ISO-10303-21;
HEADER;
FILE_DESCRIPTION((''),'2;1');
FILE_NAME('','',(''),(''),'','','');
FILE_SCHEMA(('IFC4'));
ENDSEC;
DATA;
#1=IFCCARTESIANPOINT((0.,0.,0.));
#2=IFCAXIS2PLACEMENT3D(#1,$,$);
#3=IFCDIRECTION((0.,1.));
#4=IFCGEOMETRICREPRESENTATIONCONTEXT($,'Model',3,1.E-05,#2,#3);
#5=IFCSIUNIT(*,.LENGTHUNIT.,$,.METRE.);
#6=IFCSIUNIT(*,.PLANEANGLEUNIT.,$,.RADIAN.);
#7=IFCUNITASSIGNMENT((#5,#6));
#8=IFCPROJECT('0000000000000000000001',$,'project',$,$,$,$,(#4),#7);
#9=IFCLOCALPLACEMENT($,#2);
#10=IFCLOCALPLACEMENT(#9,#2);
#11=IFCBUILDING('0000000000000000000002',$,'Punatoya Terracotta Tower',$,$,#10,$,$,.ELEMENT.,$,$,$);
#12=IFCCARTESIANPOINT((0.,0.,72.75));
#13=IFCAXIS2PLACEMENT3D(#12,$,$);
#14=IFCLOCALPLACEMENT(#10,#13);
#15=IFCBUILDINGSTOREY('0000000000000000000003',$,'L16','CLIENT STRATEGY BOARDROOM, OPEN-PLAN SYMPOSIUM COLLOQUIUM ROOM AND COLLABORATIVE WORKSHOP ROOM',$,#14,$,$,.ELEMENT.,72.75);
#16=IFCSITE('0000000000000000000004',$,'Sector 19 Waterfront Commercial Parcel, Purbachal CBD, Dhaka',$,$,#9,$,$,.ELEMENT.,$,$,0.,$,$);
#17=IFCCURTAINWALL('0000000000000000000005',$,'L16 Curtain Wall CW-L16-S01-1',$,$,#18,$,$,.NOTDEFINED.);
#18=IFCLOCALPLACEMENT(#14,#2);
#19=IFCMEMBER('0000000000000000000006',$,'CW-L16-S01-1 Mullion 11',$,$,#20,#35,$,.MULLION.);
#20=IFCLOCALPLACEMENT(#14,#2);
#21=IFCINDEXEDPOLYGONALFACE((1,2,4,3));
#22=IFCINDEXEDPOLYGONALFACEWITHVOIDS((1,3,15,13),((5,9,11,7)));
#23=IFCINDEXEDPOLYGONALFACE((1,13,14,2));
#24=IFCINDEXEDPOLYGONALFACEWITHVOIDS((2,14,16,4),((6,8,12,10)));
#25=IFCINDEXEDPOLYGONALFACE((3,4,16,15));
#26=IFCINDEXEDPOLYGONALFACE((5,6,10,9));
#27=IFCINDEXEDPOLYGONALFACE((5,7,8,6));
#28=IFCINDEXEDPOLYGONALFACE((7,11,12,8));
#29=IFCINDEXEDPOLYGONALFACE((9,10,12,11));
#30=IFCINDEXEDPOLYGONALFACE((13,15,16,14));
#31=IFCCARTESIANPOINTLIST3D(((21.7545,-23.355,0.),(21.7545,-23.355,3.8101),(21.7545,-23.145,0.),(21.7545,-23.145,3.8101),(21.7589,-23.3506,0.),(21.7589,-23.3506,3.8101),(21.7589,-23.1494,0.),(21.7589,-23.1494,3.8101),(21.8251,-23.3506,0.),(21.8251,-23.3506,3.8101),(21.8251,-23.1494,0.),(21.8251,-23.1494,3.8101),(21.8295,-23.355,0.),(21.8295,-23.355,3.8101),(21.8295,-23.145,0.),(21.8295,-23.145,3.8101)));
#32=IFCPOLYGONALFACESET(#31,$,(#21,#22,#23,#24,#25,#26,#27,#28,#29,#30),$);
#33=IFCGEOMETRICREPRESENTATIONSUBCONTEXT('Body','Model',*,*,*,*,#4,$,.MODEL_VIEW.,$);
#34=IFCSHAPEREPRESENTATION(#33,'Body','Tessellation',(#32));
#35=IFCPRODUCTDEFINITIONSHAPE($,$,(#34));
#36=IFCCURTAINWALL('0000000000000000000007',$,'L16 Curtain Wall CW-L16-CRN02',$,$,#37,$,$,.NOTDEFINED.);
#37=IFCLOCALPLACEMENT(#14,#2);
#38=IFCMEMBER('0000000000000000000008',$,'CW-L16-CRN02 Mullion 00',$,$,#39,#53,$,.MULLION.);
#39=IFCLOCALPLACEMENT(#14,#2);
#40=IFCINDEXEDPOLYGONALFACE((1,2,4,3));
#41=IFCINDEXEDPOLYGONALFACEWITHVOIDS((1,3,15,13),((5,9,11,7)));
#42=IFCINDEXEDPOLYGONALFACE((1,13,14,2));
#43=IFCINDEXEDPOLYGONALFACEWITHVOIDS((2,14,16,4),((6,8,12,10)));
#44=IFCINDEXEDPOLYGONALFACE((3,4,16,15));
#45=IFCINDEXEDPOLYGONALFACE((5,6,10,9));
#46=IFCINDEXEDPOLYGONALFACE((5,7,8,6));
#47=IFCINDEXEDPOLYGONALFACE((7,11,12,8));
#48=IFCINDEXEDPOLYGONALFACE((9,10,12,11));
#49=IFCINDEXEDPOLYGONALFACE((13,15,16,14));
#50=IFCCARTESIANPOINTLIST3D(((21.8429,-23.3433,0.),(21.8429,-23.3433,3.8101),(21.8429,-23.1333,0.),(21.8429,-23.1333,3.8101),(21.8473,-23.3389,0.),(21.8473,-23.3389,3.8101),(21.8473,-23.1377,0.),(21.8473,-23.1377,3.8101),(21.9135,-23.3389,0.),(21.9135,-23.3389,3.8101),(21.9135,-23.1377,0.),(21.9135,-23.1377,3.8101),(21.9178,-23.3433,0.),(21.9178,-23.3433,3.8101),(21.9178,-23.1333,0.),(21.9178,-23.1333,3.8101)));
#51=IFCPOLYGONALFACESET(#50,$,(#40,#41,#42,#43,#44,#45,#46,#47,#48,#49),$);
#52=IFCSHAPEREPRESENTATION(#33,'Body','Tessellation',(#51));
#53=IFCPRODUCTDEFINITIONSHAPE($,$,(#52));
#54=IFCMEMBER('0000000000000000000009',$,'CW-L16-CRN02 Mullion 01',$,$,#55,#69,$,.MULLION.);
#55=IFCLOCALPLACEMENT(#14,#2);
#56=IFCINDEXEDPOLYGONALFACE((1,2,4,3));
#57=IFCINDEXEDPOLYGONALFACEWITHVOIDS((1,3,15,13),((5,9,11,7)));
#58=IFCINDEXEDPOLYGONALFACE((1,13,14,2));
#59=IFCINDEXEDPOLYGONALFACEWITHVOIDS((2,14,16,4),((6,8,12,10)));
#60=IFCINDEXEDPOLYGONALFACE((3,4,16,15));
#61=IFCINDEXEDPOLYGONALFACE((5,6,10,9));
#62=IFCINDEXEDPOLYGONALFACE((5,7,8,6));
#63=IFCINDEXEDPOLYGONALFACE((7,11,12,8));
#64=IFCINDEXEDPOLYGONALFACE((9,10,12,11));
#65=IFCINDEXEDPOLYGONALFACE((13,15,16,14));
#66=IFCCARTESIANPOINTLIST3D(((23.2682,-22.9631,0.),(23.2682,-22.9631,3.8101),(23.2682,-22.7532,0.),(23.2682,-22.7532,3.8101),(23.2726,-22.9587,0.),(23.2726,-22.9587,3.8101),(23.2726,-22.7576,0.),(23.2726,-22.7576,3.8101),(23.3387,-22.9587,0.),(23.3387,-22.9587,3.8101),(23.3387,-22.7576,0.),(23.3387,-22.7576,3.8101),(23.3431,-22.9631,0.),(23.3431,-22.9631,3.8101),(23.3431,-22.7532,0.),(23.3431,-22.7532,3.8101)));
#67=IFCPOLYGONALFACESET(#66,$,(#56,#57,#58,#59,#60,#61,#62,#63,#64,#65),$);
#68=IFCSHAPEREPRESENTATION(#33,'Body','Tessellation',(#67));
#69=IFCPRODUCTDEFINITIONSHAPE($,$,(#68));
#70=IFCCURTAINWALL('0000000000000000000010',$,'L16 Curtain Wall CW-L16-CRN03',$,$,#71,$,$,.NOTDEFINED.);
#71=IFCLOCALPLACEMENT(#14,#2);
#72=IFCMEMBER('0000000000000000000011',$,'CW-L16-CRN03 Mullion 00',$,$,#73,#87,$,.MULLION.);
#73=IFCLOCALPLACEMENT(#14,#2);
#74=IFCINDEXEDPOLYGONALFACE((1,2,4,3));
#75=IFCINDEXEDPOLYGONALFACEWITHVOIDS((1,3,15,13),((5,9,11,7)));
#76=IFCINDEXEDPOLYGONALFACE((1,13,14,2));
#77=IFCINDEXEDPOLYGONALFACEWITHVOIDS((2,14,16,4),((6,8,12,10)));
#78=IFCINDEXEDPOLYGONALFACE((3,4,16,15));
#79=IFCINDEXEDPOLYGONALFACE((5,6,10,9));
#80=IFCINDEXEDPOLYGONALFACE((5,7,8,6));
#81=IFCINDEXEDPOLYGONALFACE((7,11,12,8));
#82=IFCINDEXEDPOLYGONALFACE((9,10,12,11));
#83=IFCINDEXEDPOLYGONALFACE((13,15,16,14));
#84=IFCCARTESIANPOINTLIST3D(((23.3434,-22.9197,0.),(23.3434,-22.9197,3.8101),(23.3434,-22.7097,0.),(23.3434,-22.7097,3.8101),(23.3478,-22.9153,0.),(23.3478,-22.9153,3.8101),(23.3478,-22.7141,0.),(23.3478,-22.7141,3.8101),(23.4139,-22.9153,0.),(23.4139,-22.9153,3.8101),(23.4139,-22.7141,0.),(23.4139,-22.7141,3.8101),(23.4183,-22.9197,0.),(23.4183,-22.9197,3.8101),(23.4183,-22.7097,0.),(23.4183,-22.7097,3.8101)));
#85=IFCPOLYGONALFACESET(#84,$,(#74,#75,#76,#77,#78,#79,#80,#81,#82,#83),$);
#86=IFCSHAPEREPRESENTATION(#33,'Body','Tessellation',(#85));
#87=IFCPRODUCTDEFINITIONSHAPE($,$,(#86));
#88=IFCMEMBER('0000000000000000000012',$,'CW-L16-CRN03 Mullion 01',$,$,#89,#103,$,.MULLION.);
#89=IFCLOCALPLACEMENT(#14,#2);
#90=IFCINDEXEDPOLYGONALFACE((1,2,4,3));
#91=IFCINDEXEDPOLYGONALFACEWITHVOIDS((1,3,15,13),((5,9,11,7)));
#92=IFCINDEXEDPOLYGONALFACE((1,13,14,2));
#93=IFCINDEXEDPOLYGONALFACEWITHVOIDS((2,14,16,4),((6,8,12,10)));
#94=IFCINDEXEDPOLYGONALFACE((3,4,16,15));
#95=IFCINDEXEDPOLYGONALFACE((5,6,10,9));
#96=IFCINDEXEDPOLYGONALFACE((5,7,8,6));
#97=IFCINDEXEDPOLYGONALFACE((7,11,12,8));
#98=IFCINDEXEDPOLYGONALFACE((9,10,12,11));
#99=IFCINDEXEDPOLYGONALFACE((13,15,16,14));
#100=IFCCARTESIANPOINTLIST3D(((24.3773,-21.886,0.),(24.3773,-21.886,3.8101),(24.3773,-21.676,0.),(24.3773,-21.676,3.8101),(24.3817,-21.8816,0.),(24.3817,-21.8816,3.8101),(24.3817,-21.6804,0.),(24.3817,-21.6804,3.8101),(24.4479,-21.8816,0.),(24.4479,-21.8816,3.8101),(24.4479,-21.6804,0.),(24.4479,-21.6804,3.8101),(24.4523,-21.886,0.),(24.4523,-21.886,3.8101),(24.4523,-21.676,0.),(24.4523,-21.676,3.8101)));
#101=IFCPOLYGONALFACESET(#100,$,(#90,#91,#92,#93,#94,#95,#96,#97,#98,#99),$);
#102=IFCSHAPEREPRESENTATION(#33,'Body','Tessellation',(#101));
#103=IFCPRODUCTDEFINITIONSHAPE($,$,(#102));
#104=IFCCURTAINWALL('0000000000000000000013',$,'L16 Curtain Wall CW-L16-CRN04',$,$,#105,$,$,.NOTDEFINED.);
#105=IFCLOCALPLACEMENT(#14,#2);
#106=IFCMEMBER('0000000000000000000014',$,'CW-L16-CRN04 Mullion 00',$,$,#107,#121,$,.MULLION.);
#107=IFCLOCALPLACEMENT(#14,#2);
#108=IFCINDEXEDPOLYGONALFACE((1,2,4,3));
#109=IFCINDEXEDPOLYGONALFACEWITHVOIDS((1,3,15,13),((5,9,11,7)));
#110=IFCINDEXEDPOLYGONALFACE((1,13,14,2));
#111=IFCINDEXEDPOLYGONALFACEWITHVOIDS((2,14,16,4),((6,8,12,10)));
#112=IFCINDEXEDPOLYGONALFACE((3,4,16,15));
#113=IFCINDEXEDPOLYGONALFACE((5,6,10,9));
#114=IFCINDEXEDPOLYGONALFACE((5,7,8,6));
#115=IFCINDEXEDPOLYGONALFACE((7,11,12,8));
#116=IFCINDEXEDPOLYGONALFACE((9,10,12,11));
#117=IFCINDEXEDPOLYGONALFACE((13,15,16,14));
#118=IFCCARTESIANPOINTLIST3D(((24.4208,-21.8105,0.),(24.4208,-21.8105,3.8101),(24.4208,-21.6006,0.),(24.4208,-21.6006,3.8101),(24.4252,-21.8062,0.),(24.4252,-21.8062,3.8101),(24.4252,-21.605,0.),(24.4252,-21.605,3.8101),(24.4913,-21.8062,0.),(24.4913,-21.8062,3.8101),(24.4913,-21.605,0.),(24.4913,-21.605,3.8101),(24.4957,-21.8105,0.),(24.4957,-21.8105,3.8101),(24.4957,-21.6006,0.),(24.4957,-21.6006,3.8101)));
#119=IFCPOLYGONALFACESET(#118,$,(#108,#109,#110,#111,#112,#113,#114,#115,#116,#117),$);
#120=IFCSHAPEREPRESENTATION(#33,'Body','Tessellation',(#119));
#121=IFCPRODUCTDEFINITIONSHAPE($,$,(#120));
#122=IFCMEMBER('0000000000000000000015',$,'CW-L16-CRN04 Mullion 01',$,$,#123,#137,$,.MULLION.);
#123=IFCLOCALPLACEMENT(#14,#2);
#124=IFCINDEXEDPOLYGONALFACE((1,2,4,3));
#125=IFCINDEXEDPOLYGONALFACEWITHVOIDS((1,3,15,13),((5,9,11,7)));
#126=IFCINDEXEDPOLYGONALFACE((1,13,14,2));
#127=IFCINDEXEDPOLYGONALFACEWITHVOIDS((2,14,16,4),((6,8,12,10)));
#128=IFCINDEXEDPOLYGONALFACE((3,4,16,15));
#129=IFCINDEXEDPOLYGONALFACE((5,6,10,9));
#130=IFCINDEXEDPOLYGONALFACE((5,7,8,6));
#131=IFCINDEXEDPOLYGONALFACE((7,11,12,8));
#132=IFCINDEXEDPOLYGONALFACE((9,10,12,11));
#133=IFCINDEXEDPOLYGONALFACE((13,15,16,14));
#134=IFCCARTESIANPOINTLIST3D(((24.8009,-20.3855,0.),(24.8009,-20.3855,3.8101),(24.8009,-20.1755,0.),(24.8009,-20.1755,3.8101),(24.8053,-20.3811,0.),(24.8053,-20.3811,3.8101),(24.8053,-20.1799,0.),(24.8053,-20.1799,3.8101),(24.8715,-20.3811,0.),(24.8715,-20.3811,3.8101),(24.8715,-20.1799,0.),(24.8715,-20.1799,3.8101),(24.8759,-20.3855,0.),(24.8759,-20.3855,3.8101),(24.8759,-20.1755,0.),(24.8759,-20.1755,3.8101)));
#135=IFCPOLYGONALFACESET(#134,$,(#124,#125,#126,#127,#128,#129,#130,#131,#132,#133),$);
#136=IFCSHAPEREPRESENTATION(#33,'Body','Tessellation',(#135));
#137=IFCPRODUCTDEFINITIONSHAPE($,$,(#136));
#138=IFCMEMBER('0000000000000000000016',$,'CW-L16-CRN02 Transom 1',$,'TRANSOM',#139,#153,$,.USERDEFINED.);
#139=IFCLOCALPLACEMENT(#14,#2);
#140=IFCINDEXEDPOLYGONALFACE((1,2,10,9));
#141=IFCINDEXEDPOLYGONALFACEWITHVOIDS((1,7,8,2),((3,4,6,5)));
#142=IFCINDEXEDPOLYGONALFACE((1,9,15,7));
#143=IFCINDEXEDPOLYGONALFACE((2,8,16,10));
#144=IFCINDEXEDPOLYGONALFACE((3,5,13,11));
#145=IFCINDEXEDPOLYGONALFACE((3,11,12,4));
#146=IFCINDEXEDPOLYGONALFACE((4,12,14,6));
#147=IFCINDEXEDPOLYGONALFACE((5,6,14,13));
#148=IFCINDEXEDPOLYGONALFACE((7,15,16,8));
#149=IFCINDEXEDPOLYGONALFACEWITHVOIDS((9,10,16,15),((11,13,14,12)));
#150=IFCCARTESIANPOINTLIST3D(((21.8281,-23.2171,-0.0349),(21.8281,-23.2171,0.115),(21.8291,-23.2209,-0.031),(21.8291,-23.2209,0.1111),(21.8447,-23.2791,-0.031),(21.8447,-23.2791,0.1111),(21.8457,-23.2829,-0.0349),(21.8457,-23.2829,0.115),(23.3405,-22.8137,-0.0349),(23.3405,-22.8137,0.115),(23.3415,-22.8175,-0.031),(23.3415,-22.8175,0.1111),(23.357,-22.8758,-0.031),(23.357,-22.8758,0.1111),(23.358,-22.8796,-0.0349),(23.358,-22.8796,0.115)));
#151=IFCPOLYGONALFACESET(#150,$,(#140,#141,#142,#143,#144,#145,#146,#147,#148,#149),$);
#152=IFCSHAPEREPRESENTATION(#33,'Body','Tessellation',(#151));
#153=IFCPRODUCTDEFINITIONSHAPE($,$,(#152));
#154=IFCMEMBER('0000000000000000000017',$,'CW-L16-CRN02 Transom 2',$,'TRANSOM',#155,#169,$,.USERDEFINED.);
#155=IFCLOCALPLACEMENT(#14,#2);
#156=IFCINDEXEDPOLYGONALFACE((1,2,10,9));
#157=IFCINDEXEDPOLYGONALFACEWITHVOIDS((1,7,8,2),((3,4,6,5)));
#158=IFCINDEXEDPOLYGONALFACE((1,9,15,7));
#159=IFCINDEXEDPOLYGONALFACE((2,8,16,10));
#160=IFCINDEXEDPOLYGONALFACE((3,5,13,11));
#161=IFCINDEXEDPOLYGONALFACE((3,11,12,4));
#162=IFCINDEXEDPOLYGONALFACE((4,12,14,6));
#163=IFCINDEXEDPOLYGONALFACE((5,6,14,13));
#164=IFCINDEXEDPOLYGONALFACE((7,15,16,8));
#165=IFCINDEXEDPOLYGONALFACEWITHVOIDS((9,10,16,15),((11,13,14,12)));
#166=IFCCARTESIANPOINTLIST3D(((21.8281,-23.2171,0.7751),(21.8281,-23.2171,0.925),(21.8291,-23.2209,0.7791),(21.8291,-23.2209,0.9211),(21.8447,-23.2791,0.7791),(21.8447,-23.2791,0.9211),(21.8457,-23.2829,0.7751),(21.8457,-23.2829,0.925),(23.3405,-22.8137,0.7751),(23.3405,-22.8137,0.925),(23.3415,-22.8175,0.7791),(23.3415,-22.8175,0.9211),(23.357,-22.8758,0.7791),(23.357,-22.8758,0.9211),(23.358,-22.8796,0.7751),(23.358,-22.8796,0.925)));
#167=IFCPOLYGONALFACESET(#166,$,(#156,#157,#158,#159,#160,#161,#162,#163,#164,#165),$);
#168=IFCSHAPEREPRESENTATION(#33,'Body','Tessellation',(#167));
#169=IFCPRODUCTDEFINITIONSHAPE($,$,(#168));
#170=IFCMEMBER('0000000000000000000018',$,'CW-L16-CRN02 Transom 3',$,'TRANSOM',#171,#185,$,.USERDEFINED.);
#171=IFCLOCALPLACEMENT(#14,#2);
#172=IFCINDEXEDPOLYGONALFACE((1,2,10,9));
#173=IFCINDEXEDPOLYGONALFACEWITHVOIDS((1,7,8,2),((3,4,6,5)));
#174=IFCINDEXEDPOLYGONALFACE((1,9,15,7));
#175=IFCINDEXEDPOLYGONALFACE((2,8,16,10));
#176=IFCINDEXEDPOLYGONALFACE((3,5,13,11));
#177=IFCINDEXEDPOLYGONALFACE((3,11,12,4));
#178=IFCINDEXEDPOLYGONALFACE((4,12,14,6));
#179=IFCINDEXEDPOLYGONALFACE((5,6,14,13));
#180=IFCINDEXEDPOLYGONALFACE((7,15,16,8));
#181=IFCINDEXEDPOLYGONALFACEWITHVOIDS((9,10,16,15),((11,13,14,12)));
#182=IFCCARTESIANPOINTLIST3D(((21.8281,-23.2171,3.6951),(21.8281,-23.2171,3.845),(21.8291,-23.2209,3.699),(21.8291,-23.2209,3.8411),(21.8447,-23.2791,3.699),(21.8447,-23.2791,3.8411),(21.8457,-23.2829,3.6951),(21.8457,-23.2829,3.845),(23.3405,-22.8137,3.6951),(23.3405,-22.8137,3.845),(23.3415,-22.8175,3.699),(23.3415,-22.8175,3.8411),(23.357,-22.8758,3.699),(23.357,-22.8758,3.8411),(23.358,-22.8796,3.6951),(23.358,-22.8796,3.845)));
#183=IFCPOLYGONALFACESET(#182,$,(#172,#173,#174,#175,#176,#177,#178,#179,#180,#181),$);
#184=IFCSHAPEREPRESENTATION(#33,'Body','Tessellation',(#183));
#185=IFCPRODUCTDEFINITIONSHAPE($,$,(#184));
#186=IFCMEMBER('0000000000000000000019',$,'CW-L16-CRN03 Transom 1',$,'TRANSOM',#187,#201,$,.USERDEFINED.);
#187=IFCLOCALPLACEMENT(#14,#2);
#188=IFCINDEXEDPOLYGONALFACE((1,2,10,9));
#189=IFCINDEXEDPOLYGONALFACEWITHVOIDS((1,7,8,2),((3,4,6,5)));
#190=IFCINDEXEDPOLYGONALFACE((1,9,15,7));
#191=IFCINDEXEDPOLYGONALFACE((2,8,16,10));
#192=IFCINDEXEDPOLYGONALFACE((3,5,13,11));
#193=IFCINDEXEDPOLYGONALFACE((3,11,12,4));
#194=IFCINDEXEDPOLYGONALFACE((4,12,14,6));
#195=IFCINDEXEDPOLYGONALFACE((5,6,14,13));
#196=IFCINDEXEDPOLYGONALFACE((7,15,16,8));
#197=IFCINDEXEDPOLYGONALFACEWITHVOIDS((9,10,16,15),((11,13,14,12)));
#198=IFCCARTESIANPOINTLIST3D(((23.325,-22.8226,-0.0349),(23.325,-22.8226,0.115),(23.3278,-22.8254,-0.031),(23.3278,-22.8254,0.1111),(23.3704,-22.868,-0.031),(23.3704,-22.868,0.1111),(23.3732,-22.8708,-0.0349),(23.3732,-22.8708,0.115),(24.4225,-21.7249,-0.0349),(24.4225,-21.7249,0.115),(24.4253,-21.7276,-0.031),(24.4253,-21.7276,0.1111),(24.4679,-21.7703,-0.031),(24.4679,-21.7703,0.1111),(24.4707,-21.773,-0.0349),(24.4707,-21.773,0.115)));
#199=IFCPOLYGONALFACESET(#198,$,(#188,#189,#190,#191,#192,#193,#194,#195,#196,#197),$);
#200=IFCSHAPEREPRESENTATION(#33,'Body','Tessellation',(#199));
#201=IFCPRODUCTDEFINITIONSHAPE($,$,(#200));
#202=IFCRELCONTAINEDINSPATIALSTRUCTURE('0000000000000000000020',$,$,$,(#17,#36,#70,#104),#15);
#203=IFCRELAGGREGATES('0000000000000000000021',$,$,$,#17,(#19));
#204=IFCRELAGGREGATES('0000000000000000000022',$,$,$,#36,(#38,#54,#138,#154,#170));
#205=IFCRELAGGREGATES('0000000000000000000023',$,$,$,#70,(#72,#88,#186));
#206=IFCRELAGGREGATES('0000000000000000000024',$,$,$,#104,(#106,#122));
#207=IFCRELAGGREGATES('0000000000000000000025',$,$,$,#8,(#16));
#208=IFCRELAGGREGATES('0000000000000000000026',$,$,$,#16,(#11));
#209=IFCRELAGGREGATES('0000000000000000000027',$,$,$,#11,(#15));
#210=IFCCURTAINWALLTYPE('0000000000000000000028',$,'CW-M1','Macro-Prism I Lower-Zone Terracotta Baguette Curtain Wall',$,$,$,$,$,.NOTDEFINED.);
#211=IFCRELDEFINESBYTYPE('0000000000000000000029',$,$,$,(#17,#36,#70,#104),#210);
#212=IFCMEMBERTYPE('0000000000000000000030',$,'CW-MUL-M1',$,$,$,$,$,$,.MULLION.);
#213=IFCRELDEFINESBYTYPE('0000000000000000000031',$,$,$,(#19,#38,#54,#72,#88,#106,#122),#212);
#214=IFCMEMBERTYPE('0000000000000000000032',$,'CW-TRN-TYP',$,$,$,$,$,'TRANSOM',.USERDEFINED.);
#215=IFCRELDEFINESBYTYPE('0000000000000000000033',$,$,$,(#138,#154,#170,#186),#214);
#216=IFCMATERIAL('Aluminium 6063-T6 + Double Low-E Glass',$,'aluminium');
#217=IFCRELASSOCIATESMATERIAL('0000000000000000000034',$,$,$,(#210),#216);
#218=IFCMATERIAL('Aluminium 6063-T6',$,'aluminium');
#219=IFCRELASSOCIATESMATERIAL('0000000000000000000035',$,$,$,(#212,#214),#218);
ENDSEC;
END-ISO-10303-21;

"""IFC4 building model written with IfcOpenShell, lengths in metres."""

from ifc_helpers import new_model, si_unit, direction, frame, origin, origin_2d, place, context, subcontext, project, spatial, hollow_rectangle, extrude, material, material_profile, profile_set, type_object, element, aggregate, save


model = new_model("IFC4")

# Units and contexts
model_context = context("Model", 3, precision=1e-05, world=origin(), true_north=direction((0.0, 1.0)))
body_context = subcontext(model_context, "Body", "Model", "MODEL_VIEW")
ifc_project = project(units=[si_unit("LENGTHUNIT", "METRE"), si_unit("PLANEANGLEUNIT", "RADIAN")], contexts=[model_context])

# Site, building, storey
site_placement = place(None, origin())
site = spatial("IfcSite", under=ifc_project, at=site_placement, Name="Sector 19 Waterfront Commercial Parcel, Purbachal CBD, Dhaka", CompositionType="ELEMENT", RefElevation=0.0)
building_placement = place(site_placement, origin())
building = spatial("IfcBuilding", under=site, at=building_placement, Name="Punatoya Terracotta Tower", CompositionType="ELEMENT")
storey_placement = place(building_placement, frame((0.0, 0.0, 72.75)))
storey = spatial("IfcBuildingStorey", under=building, at=storey_placement, Name="L16", Description="CLIENT STRATEGY BOARDROOM, OPEN-PLAN SYMPOSIUM COLLOQUIUM ROOM AND COLLABORATIVE WORKSHOP ROOM", CompositionType="ELEMENT", Elevation=72.75)

# Curtain wall, member
ifc_material_1 = material(Name="Aluminium 6063-T6 + Double Low-E Glass", Category="aluminium")
curtain_wall_type = type_object("IfcCurtainWallType", Name="CW-M1", Description="Macro-Prism I Lower-Zone Terracotta Baguette Curtain Wall", PredefinedType="NOTDEFINED", material=ifc_material_1)
curtain_wall_1_placement = place(storey_placement, origin())
curtain_wall_1 = element("IfcCurtainWall", 1, at=curtain_wall_1_placement, inside=storey, type_object=curtain_wall_type, Name="L16 Curtain Wall CW-L16-S01-1", PredefinedType="NOTDEFINED")
ifc_material_2 = material(Name="Aluminium 6063-T6", Category="aluminium")
ifc_material_profile_1 = material_profile(ifc_material_2, hollow_rectangle(XDim=0.075, YDim=0.21, WallThickness=0.0044, at=origin_2d()))
ifc_profile_set_1 = profile_set([ifc_material_profile_1], Name="Aluminium 6063-T6")
member_type_1 = type_object("IfcMemberType", Name="CW-MUL-M1", PredefinedType="MULLION", material=ifc_profile_set_1)
member_1_placement = place(storey_placement, frame((21.792, -23.25, 0.0), z_axis=(0.0, 0.0, 1.0), x_axis=(1.0, 0.0, 0.0)))
member_1 = element("IfcMember", 2, at=member_1_placement, type_object=member_type_1, Name="CW-L16-S01-1 Mullion 11", PredefinedType="MULLION", context=body_context, shape_type="SweptSolid", body=[
    extrude(hollow_rectangle(XDim=0.075, YDim=0.21, WallThickness=0.0044, at=origin_2d()), origin(), (0.0, 0.0, 1.0), 3.8101),
])

# Curtain walls, members
curtain_wall_2_placement = place(storey_placement, origin())
curtain_wall_2 = element("IfcCurtainWall", 3, at=curtain_wall_2_placement, inside=storey, type_object=curtain_wall_type, Name="L16 Curtain Wall CW-L16-CRN02", PredefinedType="NOTDEFINED")
member_2_placement = place(storey_placement, frame((21.8804, -23.2383, 0.0), z_axis=(0.0, 0.0, 1.0), x_axis=(1.0, 0.0, 0.0)))
member_2 = element("IfcMember", 4, at=member_2_placement, type_object=member_type_1, Name="CW-L16-CRN02 Mullion 00", PredefinedType="MULLION", context=body_context, shape_type="SweptSolid", body=[
    extrude(hollow_rectangle(XDim=0.075, YDim=0.21, WallThickness=0.0044, at=origin_2d()), origin(), (0.0, 0.0, 1.0), 3.8101),
])
member_3_placement = place(storey_placement, frame((23.3057, -22.8582, 0.0), z_axis=(0.0, 0.0, 1.0), x_axis=(1.0, 0.0, 0.0)))
member_3 = element("IfcMember", 5, at=member_3_placement, type_object=member_type_1, Name="CW-L16-CRN02 Mullion 01", PredefinedType="MULLION", context=body_context, shape_type="SweptSolid", body=[
    extrude(hollow_rectangle(XDim=0.075, YDim=0.21, WallThickness=0.0044, at=origin_2d()), origin(), (0.0, 0.0, 1.0), 3.8101),
])
curtain_wall_3_placement = place(storey_placement, origin())
curtain_wall_3 = element("IfcCurtainWall", 6, at=curtain_wall_3_placement, inside=storey, type_object=curtain_wall_type, Name="L16 Curtain Wall CW-L16-CRN03", PredefinedType="NOTDEFINED")
member_4_placement = place(storey_placement, frame((23.3809, -22.8147, 0.0), z_axis=(0.0, 0.0, 1.0), x_axis=(1.0, 0.0, 0.0)))
member_4 = element("IfcMember", 7, at=member_4_placement, type_object=member_type_1, Name="CW-L16-CRN03 Mullion 00", PredefinedType="MULLION", context=body_context, shape_type="SweptSolid", body=[
    extrude(hollow_rectangle(XDim=0.075, YDim=0.21, WallThickness=0.0044, at=origin_2d()), origin(), (0.0, 0.0, 1.0), 3.8101),
])
member_5_placement = place(storey_placement, frame((24.4148, -21.781, 0.0), z_axis=(0.0, 0.0, 1.0), x_axis=(1.0, 0.0, 0.0)))
member_5 = element("IfcMember", 8, at=member_5_placement, type_object=member_type_1, Name="CW-L16-CRN03 Mullion 01", PredefinedType="MULLION", context=body_context, shape_type="SweptSolid", body=[
    extrude(hollow_rectangle(XDim=0.075, YDim=0.21, WallThickness=0.0044, at=origin_2d()), origin(), (0.0, 0.0, 1.0), 3.8101),
])
curtain_wall_4_placement = place(storey_placement, origin())
curtain_wall_4 = element("IfcCurtainWall", 9, at=curtain_wall_4_placement, inside=storey, type_object=curtain_wall_type, Name="L16 Curtain Wall CW-L16-CRN04", PredefinedType="NOTDEFINED")
member_6_placement = place(storey_placement, frame((24.4583, -21.7056, 0.0), z_axis=(0.0, 0.0, 1.0), x_axis=(1.0, 0.0, 0.0)))
member_6 = element("IfcMember", 10, at=member_6_placement, type_object=member_type_1, Name="CW-L16-CRN04 Mullion 00", PredefinedType="MULLION", context=body_context, shape_type="SweptSolid", body=[
    extrude(hollow_rectangle(XDim=0.075, YDim=0.21, WallThickness=0.0044, at=origin_2d()), origin(), (0.0, 0.0, 1.0), 3.8101),
])
member_7_placement = place(storey_placement, frame((24.8384, -20.2805, 0.0), z_axis=(0.0, 0.0, 1.0), x_axis=(1.0, 0.0, 0.0)))
member_7 = element("IfcMember", 11, at=member_7_placement, type_object=member_type_1, Name="CW-L16-CRN04 Mullion 01", PredefinedType="MULLION", context=body_context, shape_type="SweptSolid", body=[
    extrude(hollow_rectangle(XDim=0.075, YDim=0.21, WallThickness=0.0044, at=origin_2d()), origin(), (0.0, 0.0, 1.0), 3.8101),
])

# Members
ifc_material_profile_2 = material_profile(ifc_material_2, hollow_rectangle(XDim=0.0681, YDim=0.1499, WallThickness=0.0039, at=origin_2d()))
ifc_profile_set_2 = profile_set([ifc_material_profile_2], Name="Aluminium 6063-T6")
member_type_2 = type_object("IfcMemberType", Name="CW-TRN-TYP", ElementType="TRANSOM", PredefinedType="USERDEFINED", material=ifc_profile_set_2)
member_8_placement = place(storey_placement, frame((21.8369, -23.25, 0.04), z_axis=(0.966225, 0.257701, 0.0), x_axis=(-0.257701, 0.966225, 0.0)))
member_8 = element("IfcMember", 12, at=member_8_placement, type_object=member_type_2, Name="CW-L16-CRN02 Transom 1", ObjectType="TRANSOM", PredefinedType="USERDEFINED", context=body_context, shape_type="SweptSolid", body=[
    extrude(hollow_rectangle(XDim=0.0681, YDim=0.1499, WallThickness=0.0039, at=origin_2d()), origin(), (0.0, 0.0, 1.0), 1.5652),
])
member_9_placement = place(storey_placement, frame((21.8369, -23.25, 0.8501), z_axis=(0.966225, 0.257701, 0.0), x_axis=(-0.257701, 0.966225, 0.0)))
member_9 = element("IfcMember", 13, at=member_9_placement, type_object=member_type_2, Name="CW-L16-CRN02 Transom 2", ObjectType="TRANSOM", PredefinedType="USERDEFINED", context=body_context, shape_type="SweptSolid", body=[
    extrude(hollow_rectangle(XDim=0.0681, YDim=0.1499, WallThickness=0.0039, at=origin_2d()), origin(), (0.0, 0.0, 1.0), 1.5652),
])
member_10_placement = place(storey_placement, frame((21.8369, -23.25, 3.77), z_axis=(0.966225, 0.257701, 0.0), x_axis=(-0.257701, 0.966225, 0.0)))
member_10 = element("IfcMember", 14, at=member_10_placement, type_object=member_type_2, Name="CW-L16-CRN02 Transom 3", ObjectType="TRANSOM", PredefinedType="USERDEFINED", context=body_context, shape_type="SweptSolid", body=[
    extrude(hollow_rectangle(XDim=0.0681, YDim=0.1499, WallThickness=0.0039, at=origin_2d()), origin(), (0.0, 0.0, 1.0), 1.5652),
])
member_11_placement = place(storey_placement, frame((23.3491, -22.8467, 0.04), z_axis=(0.707028, 0.707185, 0.0), x_axis=(-0.707185, 0.707028, 0.0)))
member_11 = element("IfcMember", 15, at=member_11_placement, type_object=member_type_2, Name="CW-L16-CRN03 Transom 1", ObjectType="TRANSOM", PredefinedType="USERDEFINED", context=body_context, shape_type="SweptSolid", body=[
    extrude(hollow_rectangle(XDim=0.0681, YDim=0.1499, WallThickness=0.0039, at=origin_2d()), origin(), (0.0, 0.0, 1.0), 1.5522),
])

aggregate(curtain_wall_1, [member_1])
aggregate(curtain_wall_2, [member_2, member_3, member_8, member_9, member_10])
aggregate(curtain_wall_3, [member_4, member_5, member_11])
aggregate(curtain_wall_4, [member_6, member_7])

save(model, "model.ifc")
